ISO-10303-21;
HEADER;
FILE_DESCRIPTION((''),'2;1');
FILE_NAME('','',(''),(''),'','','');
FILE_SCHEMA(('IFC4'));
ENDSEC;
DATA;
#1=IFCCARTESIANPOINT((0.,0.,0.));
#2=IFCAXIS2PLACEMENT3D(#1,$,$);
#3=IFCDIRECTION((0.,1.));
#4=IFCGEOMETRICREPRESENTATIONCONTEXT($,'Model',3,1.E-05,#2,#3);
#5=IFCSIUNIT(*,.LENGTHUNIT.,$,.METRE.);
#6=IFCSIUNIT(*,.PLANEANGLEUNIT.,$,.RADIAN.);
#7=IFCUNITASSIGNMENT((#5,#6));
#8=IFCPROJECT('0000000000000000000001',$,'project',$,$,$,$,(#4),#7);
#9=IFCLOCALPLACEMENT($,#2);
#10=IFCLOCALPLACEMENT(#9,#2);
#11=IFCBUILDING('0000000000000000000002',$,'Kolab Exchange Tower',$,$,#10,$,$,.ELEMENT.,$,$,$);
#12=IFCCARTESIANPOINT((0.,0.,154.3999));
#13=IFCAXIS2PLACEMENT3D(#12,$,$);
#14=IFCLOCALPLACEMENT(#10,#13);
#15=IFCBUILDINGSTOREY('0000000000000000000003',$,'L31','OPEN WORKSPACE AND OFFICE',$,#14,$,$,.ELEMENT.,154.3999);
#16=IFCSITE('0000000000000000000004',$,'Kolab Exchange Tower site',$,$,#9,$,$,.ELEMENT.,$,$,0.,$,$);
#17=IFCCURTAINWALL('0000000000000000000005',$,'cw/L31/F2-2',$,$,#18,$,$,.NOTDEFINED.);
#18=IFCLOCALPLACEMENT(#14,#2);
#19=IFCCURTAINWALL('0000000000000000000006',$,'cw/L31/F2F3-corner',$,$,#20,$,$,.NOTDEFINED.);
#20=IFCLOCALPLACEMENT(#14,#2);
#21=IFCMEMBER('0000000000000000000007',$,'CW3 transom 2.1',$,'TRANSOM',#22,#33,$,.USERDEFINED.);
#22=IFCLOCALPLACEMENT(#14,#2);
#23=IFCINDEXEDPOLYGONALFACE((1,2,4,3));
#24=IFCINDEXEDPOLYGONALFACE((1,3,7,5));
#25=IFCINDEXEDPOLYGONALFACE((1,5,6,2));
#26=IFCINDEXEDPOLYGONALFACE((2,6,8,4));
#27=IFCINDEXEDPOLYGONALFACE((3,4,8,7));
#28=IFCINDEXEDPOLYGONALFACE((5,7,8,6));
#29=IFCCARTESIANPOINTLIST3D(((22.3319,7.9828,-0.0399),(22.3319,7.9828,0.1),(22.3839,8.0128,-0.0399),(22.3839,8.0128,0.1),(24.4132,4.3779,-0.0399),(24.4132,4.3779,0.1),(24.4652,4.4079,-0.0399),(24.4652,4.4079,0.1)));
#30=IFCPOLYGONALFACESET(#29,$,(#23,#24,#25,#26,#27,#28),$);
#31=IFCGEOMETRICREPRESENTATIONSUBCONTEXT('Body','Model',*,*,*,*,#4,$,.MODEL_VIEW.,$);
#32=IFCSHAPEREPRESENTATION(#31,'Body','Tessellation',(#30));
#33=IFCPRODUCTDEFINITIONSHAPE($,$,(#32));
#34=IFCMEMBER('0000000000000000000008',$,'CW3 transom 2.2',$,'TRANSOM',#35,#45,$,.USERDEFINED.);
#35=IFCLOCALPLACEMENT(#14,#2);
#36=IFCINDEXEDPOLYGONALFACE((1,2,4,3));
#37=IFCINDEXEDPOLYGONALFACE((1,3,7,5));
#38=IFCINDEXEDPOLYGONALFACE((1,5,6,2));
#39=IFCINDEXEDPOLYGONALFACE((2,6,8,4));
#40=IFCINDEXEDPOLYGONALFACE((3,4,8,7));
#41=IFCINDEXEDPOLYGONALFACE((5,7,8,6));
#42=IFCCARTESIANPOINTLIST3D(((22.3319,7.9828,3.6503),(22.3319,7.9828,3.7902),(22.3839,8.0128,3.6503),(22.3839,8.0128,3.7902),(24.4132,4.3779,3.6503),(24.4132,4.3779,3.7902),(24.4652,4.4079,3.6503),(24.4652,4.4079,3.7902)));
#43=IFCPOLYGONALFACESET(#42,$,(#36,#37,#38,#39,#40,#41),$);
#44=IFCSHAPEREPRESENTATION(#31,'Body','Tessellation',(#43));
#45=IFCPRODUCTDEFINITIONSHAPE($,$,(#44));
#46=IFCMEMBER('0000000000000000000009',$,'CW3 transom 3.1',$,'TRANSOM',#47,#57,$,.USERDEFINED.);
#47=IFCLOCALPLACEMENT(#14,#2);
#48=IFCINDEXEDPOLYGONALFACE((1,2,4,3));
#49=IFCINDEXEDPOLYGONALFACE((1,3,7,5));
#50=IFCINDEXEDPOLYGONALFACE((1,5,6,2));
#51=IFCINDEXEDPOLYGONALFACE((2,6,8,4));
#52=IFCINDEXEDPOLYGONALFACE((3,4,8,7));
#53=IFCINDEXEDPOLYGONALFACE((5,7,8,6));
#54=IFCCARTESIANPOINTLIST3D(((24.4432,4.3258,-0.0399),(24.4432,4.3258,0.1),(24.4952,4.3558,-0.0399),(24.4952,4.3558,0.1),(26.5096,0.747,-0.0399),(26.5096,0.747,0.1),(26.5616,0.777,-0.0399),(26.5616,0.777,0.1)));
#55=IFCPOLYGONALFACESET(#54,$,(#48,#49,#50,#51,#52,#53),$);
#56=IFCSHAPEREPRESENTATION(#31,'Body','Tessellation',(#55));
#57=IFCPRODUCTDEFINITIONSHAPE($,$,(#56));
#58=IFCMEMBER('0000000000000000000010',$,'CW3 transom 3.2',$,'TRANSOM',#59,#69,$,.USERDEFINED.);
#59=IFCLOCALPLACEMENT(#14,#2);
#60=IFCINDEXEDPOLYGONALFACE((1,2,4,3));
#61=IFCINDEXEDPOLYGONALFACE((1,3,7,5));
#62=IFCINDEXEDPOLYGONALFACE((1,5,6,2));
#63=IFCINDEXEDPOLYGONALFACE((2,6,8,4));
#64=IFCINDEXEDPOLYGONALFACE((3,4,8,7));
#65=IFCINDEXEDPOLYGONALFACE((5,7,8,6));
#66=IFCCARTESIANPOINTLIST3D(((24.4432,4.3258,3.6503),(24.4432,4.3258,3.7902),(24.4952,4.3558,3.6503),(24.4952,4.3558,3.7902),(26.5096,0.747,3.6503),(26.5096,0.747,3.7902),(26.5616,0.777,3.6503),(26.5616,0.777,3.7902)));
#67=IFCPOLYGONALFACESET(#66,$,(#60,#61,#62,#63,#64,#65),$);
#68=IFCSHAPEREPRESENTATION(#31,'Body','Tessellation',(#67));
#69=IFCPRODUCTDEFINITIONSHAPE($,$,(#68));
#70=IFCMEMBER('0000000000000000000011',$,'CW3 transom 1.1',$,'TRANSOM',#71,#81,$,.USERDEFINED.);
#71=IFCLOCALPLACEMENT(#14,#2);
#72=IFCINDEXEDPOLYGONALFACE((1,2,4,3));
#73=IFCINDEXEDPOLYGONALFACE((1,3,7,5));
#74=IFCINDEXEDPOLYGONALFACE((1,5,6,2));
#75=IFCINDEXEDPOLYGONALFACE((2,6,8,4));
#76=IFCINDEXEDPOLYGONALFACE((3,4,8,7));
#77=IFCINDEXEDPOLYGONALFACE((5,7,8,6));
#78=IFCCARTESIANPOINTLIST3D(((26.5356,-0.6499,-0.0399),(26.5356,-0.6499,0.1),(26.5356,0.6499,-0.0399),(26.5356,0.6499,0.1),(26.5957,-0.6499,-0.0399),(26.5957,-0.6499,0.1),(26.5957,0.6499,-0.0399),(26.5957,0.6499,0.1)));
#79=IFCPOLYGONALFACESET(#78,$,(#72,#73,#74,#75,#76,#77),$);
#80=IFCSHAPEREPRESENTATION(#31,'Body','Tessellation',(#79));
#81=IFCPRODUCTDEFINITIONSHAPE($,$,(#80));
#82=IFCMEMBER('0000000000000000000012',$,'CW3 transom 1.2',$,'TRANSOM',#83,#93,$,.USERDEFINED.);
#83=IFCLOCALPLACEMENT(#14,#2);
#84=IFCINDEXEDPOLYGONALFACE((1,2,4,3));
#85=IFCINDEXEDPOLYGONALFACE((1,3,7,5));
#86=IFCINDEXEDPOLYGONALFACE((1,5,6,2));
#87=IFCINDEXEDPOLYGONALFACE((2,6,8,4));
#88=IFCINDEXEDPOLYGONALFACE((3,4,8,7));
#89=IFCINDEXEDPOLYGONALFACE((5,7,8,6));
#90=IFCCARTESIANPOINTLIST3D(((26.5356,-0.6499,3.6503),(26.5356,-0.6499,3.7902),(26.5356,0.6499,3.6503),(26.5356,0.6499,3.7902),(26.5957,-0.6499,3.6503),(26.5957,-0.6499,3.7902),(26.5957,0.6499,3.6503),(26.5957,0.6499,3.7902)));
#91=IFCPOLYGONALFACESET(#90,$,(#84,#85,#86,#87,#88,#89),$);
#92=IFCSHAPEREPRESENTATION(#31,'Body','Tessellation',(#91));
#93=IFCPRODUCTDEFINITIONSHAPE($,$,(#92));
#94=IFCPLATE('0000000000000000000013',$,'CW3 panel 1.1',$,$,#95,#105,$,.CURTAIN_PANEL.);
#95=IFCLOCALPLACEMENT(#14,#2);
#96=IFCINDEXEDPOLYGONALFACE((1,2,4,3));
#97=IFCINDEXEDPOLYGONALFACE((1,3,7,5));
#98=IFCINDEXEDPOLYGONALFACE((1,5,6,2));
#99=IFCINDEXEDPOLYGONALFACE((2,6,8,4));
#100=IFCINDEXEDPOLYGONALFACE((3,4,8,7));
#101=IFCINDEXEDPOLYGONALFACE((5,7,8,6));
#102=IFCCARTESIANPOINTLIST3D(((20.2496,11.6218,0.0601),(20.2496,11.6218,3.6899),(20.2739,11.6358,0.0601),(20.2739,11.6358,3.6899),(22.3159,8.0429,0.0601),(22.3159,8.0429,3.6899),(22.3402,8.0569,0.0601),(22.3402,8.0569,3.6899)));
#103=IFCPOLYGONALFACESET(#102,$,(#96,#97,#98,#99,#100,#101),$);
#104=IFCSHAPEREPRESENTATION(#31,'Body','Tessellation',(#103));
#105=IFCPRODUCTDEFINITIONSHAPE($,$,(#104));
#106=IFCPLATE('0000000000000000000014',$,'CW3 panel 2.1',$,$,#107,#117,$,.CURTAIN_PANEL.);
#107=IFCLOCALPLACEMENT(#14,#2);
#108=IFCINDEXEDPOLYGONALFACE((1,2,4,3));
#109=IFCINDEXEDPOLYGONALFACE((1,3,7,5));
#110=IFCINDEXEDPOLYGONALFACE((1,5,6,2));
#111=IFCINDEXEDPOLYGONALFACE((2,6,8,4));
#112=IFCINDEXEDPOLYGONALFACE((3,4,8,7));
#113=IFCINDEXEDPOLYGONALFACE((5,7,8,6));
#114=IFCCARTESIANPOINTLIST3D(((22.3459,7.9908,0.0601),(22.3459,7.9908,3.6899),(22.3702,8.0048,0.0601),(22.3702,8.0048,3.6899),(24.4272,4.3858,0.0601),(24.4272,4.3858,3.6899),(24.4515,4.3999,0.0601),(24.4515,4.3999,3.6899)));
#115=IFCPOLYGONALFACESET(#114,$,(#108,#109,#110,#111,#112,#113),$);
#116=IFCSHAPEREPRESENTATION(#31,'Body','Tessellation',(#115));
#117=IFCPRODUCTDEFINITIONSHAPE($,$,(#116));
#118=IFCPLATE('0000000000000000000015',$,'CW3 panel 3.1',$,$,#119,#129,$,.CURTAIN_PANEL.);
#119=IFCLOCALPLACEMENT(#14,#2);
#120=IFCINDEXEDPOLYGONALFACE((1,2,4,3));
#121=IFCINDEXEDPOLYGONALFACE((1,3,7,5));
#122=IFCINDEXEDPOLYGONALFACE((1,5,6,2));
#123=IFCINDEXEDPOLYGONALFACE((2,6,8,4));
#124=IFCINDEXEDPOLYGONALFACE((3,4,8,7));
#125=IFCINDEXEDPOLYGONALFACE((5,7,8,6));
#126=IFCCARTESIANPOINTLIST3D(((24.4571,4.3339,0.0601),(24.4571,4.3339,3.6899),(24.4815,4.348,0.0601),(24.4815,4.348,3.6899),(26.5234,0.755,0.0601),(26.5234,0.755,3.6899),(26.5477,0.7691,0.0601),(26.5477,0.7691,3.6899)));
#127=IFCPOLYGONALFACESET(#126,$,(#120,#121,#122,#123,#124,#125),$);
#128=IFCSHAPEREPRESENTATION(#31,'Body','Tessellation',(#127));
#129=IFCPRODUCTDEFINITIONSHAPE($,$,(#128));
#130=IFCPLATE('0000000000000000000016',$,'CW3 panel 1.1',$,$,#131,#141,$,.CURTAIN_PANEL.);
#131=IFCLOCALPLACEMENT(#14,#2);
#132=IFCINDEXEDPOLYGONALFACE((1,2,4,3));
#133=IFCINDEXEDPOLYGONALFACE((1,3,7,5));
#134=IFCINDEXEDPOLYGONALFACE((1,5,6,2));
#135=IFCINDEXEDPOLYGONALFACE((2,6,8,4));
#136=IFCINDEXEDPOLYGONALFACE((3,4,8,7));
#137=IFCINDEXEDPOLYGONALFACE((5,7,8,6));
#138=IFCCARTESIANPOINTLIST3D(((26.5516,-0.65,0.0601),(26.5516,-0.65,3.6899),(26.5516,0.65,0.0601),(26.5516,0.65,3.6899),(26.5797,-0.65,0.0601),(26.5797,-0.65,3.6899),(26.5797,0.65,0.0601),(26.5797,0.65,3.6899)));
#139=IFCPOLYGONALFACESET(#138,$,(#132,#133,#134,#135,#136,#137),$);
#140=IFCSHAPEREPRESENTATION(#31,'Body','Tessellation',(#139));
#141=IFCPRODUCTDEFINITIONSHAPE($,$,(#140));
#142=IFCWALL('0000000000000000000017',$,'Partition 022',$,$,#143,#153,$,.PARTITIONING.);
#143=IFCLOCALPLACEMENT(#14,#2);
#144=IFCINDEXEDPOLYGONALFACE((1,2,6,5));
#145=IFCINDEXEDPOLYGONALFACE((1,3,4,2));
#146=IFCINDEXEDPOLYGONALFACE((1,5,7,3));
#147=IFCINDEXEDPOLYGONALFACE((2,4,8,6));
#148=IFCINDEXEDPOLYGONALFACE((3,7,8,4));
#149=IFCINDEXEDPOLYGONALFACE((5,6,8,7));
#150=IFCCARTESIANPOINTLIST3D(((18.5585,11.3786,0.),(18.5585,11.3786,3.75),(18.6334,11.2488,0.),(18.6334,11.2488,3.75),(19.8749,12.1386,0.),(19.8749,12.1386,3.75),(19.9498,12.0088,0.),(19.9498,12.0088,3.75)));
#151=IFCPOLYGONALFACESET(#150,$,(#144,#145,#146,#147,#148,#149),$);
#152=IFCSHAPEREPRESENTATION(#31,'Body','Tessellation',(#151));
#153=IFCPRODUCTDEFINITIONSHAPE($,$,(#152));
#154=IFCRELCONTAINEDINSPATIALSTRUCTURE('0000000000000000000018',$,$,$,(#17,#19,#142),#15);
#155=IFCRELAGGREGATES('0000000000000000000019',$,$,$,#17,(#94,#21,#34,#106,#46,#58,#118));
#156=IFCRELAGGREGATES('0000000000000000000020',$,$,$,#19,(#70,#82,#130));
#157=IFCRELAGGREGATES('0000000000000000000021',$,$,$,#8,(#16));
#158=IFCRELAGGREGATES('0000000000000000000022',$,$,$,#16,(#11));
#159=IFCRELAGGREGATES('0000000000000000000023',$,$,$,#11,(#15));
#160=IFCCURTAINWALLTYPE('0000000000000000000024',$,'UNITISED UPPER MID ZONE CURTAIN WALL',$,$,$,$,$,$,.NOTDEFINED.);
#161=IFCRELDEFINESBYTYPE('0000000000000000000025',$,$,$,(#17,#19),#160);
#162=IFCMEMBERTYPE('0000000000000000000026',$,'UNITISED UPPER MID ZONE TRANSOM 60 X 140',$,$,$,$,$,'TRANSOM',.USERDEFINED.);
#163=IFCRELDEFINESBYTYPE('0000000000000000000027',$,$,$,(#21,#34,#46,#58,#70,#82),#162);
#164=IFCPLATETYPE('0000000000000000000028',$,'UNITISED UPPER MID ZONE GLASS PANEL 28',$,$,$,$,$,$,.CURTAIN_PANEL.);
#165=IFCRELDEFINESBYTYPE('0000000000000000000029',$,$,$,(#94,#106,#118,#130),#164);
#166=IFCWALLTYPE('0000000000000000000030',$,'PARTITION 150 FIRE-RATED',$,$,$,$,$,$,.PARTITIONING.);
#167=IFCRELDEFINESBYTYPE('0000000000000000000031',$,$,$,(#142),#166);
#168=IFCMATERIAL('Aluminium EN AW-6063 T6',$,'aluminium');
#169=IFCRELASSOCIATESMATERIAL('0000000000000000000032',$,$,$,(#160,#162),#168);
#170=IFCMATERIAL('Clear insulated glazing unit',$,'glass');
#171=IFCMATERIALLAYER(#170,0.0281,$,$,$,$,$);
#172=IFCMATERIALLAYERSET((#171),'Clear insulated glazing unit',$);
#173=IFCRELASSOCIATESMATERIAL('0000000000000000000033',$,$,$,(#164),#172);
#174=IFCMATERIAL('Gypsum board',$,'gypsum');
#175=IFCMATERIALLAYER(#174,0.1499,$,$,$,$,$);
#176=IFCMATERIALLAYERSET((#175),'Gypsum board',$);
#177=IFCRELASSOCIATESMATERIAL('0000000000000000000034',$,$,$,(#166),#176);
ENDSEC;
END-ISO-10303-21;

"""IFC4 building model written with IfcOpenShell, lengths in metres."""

from ifc_helpers import new_model, si_unit, direction, frame, frame_2d, origin, origin_2d, place, context, subcontext, project, spatial, rectangle, extrude, material, layer, layer_set, material_profile, profile_set, type_object, element, aggregate, save


model = new_model("IFC4")

# Units and contexts
model_context = context("Model", 3, precision=1e-05, world=origin(), true_north=direction((0.0, 1.0)))
body_context = subcontext(model_context, "Body", "Model", "MODEL_VIEW")
ifc_project = project(units=[si_unit("LENGTHUNIT", "METRE"), si_unit("PLANEANGLEUNIT", "RADIAN")], contexts=[model_context])

# Site, building, storey
site_placement = place(None, origin())
site = spatial("IfcSite", under=ifc_project, at=site_placement, Name="Kolab Exchange Tower site", CompositionType="ELEMENT", RefElevation=0.0)
building_placement = place(site_placement, origin())
building = spatial("IfcBuilding", under=site, at=building_placement, Name="Kolab Exchange Tower", CompositionType="ELEMENT")
storey_placement = place(building_placement, frame((0.0, 0.0, 154.3999)))
storey = spatial("IfcBuildingStorey", under=building, at=storey_placement, Name="L31", Description="OPEN WORKSPACE AND OFFICE", CompositionType="ELEMENT", Elevation=154.3999)

# Curtain wall
ifc_material_1 = material(Name="Aluminium EN AW-6063 T6", Category="aluminium")
curtain_wall_type = type_object("IfcCurtainWallType", Name="UNITISED UPPER MID ZONE CURTAIN WALL", PredefinedType="NOTDEFINED", material=ifc_material_1)
curtain_wall_1_placement = place(storey_placement, origin())
curtain_wall_1 = element("IfcCurtainWall", 1, at=curtain_wall_1_placement, inside=storey, type_object=curtain_wall_type, Name="cw/L31/F2-2", PredefinedType="NOTDEFINED")

# Curtain wall
curtain_wall_2_placement = place(storey_placement, origin())
curtain_wall_2 = element("IfcCurtainWall", 2, at=curtain_wall_2_placement, inside=storey, type_object=curtain_wall_type, Name="cw/L31/F2F3-corner", PredefinedType="NOTDEFINED")

# Members
ifc_material_profile_1 = material_profile(ifc_material_1, rectangle(XDim=0.0601, YDim=0.1399, at=origin_2d()), Name="RECT 60X140")
ifc_profile_set_1 = profile_set([ifc_material_profile_1], Name="Aluminium EN AW-6063 T6")
member_type_1 = type_object("IfcMemberType", Name="UNITISED UPPER MID ZONE TRANSOM 60 X 140", ElementType="TRANSOM", PredefinedType="USERDEFINED", material=ifc_profile_set_1)
member_1_placement = place(storey_placement, frame((22.3579, 7.9978, 0.03), z_axis=(0.499993, -0.866029, 0.0), x_axis=(0.866029, 0.499993, 0.0)))
member_1 = element("IfcMember", 3, at=member_1_placement, type_object=member_type_1, Name="CW3 transom 2.1", ObjectType="TRANSOM", PredefinedType="USERDEFINED", context=body_context, shape_type="SweptSolid", body=[
    extrude(rectangle(XDim=0.0601, YDim=0.1399, at=origin_2d()), origin(), (0.0, 0.0, 1.0), 4.1626),
])
member_2_placement = place(storey_placement, frame((22.3579, 7.9978, 3.7202), z_axis=(0.499993, -0.866029, 0.0), x_axis=(0.866029, 0.499993, 0.0)))
member_2 = element("IfcMember", 4, at=member_2_placement, type_object=member_type_1, Name="CW3 transom 2.2", ObjectType="TRANSOM", PredefinedType="USERDEFINED", context=body_context, shape_type="SweptSolid", body=[
    extrude(rectangle(XDim=0.0601, YDim=0.1399, at=origin_2d()), origin(), (0.0, 0.0, 1.0), 4.1626),
])
member_3_placement = place(storey_placement, frame((24.4692, 4.3408, 0.03), z_axis=(0.500028, -0.866009, 0.0), x_axis=(0.866009, 0.500028, 0.0)))
member_3 = element("IfcMember", 5, at=member_3_placement, type_object=member_type_1, Name="CW3 transom 3.1", ObjectType="TRANSOM", PredefinedType="USERDEFINED", context=body_context, shape_type="SweptSolid", body=[
    extrude(rectangle(XDim=0.0601, YDim=0.1399, at=origin_2d()), origin(), (0.0, 0.0, 1.0), 4.1326),
])
member_4_placement = place(storey_placement, frame((24.4692, 4.3408, 3.7202), z_axis=(0.500028, -0.866009, 0.0), x_axis=(0.866009, 0.500028, 0.0)))
member_4 = element("IfcMember", 6, at=member_4_placement, type_object=member_type_1, Name="CW3 transom 3.2", ObjectType="TRANSOM", PredefinedType="USERDEFINED", context=body_context, shape_type="SweptSolid", body=[
    extrude(rectangle(XDim=0.0601, YDim=0.1399, at=origin_2d()), origin(), (0.0, 0.0, 1.0), 4.1326),
])
member_5_placement = place(storey_placement, frame((26.5657, 0.6499, 0.03), z_axis=(0.0, -1.0, 0.0), x_axis=(1.0, 0.0, 0.0)))
member_5 = element("IfcMember", 7, at=member_5_placement, type_object=member_type_1, Name="CW3 transom 1.1", ObjectType="TRANSOM", PredefinedType="USERDEFINED", context=body_context, shape_type="SweptSolid", body=[
    extrude(rectangle(XDim=0.0601, YDim=0.1399, at=origin_2d()), origin(), (0.0, 0.0, 1.0), 1.2998),
])
member_6_placement = place(storey_placement, frame((26.5657, 0.6499, 3.7202), z_axis=(0.0, -1.0, 0.0), x_axis=(1.0, 0.0, 0.0)))
member_6 = element("IfcMember", 8, at=member_6_placement, type_object=member_type_1, Name="CW3 transom 1.2", ObjectType="TRANSOM", PredefinedType="USERDEFINED", context=body_context, shape_type="SweptSolid", body=[
    extrude(rectangle(XDim=0.0601, YDim=0.1399, at=origin_2d()), origin(), (0.0, 0.0, 1.0), 1.2998),
])

# Plates
ifc_material_2 = material(Name="Clear insulated glazing unit", Category="glass")
ifc_layer_1 = layer(ifc_material_2, 0.0281)
ifc_layer_set_1 = layer_set([ifc_layer_1], Name="Clear insulated glazing unit")
plate_type = type_object("IfcPlateType", Name="UNITISED UPPER MID ZONE GLASS PANEL 28", PredefinedType="CURTAIN_PANEL", material=ifc_layer_set_1)
plate_1_placement = place(storey_placement, frame((21.2949, 9.8394, 0.0601), z_axis=(0.0, 0.0, 1.0), x_axis=(0.5, -0.866025, 0.0)))
plate_1 = element("IfcPlate", 9, at=plate_1_placement, type_object=plate_type, Name="CW3 panel 1.1", PredefinedType="CURTAIN_PANEL", context=body_context, shape_type="SweptSolid", body=[
    extrude(rectangle(XDim=4.1326, YDim=0.0281, at=origin_2d()), origin(), (0.0, 0.0, 1.0), 3.6299),
])
plate_2_placement = place(storey_placement, frame((23.3987, 6.1953, 0.0601), z_axis=(0.0, 0.0, 1.0), x_axis=(0.5, -0.866025, 0.0)))
plate_2 = element("IfcPlate", 10, at=plate_2_placement, type_object=plate_type, Name="CW3 panel 2.1", PredefinedType="CURTAIN_PANEL", context=body_context, shape_type="SweptSolid", body=[
    extrude(rectangle(XDim=4.1626, YDim=0.0281, at=origin_2d()), origin(), (0.0, 0.0, 1.0), 3.6299),
])
plate_3_placement = place(storey_placement, frame((25.5024, 2.5515, 0.0601), z_axis=(0.0, 0.0, 1.0), x_axis=(0.5, -0.866025, 0.0)))
plate_3 = element("IfcPlate", 11, at=plate_3_placement, type_object=plate_type, Name="CW3 panel 3.1", PredefinedType="CURTAIN_PANEL", context=body_context, shape_type="SweptSolid", body=[
    extrude(rectangle(XDim=4.1326, YDim=0.0281, at=origin_2d()), origin(), (0.0, 0.0, 1.0), 3.6299),
])
aggregate(curtain_wall_1, [plate_1, member_1, member_2, plate_2, member_3, member_4, plate_3])
plate_4_placement = place(storey_placement, frame((26.5657, 0.0, 0.0601), z_axis=(0.0, 0.0, 1.0), x_axis=(0.0, -1.0, 0.0)))
plate_4 = element("IfcPlate", 12, at=plate_4_placement, type_object=plate_type, Name="CW3 panel 1.1", PredefinedType="CURTAIN_PANEL", context=body_context, shape_type="SweptSolid", body=[
    extrude(rectangle(XDim=1.3, YDim=0.0281, at=origin_2d()), origin(), (0.0, 0.0, 1.0), 3.6299),
])
aggregate(curtain_wall_2, [member_5, member_6, plate_4])

# Wall
ifc_material_3 = material(Name="Gypsum board", Category="gypsum")
ifc_layer_2 = layer(ifc_material_3, 0.1499)
ifc_layer_set_2 = layer_set([ifc_layer_2], Name="Gypsum board")
wall_type = type_object("IfcWallType", Name="PARTITION 150 FIRE-RATED", PredefinedType="PARTITIONING", material=ifc_layer_set_2)
wall_placement = place(storey_placement, frame((18.5959, 11.3137, 0.0), z_axis=(0.0, 0.0, 1.0), x_axis=(0.86603, 0.499991, 0.0)))
element("IfcWall", 13, at=wall_placement, inside=storey, type_object=wall_type, Name="Partition 022", PredefinedType="PARTITIONING", context=body_context, shape_type="SweptSolid", body=[
    extrude(rectangle(XDim=1.52, YDim=0.1499, at=frame_2d((0.76, 0.0))), origin(), (0.0, 0.0, 1.0), 3.75),
])

save(model, "model.ifc")
